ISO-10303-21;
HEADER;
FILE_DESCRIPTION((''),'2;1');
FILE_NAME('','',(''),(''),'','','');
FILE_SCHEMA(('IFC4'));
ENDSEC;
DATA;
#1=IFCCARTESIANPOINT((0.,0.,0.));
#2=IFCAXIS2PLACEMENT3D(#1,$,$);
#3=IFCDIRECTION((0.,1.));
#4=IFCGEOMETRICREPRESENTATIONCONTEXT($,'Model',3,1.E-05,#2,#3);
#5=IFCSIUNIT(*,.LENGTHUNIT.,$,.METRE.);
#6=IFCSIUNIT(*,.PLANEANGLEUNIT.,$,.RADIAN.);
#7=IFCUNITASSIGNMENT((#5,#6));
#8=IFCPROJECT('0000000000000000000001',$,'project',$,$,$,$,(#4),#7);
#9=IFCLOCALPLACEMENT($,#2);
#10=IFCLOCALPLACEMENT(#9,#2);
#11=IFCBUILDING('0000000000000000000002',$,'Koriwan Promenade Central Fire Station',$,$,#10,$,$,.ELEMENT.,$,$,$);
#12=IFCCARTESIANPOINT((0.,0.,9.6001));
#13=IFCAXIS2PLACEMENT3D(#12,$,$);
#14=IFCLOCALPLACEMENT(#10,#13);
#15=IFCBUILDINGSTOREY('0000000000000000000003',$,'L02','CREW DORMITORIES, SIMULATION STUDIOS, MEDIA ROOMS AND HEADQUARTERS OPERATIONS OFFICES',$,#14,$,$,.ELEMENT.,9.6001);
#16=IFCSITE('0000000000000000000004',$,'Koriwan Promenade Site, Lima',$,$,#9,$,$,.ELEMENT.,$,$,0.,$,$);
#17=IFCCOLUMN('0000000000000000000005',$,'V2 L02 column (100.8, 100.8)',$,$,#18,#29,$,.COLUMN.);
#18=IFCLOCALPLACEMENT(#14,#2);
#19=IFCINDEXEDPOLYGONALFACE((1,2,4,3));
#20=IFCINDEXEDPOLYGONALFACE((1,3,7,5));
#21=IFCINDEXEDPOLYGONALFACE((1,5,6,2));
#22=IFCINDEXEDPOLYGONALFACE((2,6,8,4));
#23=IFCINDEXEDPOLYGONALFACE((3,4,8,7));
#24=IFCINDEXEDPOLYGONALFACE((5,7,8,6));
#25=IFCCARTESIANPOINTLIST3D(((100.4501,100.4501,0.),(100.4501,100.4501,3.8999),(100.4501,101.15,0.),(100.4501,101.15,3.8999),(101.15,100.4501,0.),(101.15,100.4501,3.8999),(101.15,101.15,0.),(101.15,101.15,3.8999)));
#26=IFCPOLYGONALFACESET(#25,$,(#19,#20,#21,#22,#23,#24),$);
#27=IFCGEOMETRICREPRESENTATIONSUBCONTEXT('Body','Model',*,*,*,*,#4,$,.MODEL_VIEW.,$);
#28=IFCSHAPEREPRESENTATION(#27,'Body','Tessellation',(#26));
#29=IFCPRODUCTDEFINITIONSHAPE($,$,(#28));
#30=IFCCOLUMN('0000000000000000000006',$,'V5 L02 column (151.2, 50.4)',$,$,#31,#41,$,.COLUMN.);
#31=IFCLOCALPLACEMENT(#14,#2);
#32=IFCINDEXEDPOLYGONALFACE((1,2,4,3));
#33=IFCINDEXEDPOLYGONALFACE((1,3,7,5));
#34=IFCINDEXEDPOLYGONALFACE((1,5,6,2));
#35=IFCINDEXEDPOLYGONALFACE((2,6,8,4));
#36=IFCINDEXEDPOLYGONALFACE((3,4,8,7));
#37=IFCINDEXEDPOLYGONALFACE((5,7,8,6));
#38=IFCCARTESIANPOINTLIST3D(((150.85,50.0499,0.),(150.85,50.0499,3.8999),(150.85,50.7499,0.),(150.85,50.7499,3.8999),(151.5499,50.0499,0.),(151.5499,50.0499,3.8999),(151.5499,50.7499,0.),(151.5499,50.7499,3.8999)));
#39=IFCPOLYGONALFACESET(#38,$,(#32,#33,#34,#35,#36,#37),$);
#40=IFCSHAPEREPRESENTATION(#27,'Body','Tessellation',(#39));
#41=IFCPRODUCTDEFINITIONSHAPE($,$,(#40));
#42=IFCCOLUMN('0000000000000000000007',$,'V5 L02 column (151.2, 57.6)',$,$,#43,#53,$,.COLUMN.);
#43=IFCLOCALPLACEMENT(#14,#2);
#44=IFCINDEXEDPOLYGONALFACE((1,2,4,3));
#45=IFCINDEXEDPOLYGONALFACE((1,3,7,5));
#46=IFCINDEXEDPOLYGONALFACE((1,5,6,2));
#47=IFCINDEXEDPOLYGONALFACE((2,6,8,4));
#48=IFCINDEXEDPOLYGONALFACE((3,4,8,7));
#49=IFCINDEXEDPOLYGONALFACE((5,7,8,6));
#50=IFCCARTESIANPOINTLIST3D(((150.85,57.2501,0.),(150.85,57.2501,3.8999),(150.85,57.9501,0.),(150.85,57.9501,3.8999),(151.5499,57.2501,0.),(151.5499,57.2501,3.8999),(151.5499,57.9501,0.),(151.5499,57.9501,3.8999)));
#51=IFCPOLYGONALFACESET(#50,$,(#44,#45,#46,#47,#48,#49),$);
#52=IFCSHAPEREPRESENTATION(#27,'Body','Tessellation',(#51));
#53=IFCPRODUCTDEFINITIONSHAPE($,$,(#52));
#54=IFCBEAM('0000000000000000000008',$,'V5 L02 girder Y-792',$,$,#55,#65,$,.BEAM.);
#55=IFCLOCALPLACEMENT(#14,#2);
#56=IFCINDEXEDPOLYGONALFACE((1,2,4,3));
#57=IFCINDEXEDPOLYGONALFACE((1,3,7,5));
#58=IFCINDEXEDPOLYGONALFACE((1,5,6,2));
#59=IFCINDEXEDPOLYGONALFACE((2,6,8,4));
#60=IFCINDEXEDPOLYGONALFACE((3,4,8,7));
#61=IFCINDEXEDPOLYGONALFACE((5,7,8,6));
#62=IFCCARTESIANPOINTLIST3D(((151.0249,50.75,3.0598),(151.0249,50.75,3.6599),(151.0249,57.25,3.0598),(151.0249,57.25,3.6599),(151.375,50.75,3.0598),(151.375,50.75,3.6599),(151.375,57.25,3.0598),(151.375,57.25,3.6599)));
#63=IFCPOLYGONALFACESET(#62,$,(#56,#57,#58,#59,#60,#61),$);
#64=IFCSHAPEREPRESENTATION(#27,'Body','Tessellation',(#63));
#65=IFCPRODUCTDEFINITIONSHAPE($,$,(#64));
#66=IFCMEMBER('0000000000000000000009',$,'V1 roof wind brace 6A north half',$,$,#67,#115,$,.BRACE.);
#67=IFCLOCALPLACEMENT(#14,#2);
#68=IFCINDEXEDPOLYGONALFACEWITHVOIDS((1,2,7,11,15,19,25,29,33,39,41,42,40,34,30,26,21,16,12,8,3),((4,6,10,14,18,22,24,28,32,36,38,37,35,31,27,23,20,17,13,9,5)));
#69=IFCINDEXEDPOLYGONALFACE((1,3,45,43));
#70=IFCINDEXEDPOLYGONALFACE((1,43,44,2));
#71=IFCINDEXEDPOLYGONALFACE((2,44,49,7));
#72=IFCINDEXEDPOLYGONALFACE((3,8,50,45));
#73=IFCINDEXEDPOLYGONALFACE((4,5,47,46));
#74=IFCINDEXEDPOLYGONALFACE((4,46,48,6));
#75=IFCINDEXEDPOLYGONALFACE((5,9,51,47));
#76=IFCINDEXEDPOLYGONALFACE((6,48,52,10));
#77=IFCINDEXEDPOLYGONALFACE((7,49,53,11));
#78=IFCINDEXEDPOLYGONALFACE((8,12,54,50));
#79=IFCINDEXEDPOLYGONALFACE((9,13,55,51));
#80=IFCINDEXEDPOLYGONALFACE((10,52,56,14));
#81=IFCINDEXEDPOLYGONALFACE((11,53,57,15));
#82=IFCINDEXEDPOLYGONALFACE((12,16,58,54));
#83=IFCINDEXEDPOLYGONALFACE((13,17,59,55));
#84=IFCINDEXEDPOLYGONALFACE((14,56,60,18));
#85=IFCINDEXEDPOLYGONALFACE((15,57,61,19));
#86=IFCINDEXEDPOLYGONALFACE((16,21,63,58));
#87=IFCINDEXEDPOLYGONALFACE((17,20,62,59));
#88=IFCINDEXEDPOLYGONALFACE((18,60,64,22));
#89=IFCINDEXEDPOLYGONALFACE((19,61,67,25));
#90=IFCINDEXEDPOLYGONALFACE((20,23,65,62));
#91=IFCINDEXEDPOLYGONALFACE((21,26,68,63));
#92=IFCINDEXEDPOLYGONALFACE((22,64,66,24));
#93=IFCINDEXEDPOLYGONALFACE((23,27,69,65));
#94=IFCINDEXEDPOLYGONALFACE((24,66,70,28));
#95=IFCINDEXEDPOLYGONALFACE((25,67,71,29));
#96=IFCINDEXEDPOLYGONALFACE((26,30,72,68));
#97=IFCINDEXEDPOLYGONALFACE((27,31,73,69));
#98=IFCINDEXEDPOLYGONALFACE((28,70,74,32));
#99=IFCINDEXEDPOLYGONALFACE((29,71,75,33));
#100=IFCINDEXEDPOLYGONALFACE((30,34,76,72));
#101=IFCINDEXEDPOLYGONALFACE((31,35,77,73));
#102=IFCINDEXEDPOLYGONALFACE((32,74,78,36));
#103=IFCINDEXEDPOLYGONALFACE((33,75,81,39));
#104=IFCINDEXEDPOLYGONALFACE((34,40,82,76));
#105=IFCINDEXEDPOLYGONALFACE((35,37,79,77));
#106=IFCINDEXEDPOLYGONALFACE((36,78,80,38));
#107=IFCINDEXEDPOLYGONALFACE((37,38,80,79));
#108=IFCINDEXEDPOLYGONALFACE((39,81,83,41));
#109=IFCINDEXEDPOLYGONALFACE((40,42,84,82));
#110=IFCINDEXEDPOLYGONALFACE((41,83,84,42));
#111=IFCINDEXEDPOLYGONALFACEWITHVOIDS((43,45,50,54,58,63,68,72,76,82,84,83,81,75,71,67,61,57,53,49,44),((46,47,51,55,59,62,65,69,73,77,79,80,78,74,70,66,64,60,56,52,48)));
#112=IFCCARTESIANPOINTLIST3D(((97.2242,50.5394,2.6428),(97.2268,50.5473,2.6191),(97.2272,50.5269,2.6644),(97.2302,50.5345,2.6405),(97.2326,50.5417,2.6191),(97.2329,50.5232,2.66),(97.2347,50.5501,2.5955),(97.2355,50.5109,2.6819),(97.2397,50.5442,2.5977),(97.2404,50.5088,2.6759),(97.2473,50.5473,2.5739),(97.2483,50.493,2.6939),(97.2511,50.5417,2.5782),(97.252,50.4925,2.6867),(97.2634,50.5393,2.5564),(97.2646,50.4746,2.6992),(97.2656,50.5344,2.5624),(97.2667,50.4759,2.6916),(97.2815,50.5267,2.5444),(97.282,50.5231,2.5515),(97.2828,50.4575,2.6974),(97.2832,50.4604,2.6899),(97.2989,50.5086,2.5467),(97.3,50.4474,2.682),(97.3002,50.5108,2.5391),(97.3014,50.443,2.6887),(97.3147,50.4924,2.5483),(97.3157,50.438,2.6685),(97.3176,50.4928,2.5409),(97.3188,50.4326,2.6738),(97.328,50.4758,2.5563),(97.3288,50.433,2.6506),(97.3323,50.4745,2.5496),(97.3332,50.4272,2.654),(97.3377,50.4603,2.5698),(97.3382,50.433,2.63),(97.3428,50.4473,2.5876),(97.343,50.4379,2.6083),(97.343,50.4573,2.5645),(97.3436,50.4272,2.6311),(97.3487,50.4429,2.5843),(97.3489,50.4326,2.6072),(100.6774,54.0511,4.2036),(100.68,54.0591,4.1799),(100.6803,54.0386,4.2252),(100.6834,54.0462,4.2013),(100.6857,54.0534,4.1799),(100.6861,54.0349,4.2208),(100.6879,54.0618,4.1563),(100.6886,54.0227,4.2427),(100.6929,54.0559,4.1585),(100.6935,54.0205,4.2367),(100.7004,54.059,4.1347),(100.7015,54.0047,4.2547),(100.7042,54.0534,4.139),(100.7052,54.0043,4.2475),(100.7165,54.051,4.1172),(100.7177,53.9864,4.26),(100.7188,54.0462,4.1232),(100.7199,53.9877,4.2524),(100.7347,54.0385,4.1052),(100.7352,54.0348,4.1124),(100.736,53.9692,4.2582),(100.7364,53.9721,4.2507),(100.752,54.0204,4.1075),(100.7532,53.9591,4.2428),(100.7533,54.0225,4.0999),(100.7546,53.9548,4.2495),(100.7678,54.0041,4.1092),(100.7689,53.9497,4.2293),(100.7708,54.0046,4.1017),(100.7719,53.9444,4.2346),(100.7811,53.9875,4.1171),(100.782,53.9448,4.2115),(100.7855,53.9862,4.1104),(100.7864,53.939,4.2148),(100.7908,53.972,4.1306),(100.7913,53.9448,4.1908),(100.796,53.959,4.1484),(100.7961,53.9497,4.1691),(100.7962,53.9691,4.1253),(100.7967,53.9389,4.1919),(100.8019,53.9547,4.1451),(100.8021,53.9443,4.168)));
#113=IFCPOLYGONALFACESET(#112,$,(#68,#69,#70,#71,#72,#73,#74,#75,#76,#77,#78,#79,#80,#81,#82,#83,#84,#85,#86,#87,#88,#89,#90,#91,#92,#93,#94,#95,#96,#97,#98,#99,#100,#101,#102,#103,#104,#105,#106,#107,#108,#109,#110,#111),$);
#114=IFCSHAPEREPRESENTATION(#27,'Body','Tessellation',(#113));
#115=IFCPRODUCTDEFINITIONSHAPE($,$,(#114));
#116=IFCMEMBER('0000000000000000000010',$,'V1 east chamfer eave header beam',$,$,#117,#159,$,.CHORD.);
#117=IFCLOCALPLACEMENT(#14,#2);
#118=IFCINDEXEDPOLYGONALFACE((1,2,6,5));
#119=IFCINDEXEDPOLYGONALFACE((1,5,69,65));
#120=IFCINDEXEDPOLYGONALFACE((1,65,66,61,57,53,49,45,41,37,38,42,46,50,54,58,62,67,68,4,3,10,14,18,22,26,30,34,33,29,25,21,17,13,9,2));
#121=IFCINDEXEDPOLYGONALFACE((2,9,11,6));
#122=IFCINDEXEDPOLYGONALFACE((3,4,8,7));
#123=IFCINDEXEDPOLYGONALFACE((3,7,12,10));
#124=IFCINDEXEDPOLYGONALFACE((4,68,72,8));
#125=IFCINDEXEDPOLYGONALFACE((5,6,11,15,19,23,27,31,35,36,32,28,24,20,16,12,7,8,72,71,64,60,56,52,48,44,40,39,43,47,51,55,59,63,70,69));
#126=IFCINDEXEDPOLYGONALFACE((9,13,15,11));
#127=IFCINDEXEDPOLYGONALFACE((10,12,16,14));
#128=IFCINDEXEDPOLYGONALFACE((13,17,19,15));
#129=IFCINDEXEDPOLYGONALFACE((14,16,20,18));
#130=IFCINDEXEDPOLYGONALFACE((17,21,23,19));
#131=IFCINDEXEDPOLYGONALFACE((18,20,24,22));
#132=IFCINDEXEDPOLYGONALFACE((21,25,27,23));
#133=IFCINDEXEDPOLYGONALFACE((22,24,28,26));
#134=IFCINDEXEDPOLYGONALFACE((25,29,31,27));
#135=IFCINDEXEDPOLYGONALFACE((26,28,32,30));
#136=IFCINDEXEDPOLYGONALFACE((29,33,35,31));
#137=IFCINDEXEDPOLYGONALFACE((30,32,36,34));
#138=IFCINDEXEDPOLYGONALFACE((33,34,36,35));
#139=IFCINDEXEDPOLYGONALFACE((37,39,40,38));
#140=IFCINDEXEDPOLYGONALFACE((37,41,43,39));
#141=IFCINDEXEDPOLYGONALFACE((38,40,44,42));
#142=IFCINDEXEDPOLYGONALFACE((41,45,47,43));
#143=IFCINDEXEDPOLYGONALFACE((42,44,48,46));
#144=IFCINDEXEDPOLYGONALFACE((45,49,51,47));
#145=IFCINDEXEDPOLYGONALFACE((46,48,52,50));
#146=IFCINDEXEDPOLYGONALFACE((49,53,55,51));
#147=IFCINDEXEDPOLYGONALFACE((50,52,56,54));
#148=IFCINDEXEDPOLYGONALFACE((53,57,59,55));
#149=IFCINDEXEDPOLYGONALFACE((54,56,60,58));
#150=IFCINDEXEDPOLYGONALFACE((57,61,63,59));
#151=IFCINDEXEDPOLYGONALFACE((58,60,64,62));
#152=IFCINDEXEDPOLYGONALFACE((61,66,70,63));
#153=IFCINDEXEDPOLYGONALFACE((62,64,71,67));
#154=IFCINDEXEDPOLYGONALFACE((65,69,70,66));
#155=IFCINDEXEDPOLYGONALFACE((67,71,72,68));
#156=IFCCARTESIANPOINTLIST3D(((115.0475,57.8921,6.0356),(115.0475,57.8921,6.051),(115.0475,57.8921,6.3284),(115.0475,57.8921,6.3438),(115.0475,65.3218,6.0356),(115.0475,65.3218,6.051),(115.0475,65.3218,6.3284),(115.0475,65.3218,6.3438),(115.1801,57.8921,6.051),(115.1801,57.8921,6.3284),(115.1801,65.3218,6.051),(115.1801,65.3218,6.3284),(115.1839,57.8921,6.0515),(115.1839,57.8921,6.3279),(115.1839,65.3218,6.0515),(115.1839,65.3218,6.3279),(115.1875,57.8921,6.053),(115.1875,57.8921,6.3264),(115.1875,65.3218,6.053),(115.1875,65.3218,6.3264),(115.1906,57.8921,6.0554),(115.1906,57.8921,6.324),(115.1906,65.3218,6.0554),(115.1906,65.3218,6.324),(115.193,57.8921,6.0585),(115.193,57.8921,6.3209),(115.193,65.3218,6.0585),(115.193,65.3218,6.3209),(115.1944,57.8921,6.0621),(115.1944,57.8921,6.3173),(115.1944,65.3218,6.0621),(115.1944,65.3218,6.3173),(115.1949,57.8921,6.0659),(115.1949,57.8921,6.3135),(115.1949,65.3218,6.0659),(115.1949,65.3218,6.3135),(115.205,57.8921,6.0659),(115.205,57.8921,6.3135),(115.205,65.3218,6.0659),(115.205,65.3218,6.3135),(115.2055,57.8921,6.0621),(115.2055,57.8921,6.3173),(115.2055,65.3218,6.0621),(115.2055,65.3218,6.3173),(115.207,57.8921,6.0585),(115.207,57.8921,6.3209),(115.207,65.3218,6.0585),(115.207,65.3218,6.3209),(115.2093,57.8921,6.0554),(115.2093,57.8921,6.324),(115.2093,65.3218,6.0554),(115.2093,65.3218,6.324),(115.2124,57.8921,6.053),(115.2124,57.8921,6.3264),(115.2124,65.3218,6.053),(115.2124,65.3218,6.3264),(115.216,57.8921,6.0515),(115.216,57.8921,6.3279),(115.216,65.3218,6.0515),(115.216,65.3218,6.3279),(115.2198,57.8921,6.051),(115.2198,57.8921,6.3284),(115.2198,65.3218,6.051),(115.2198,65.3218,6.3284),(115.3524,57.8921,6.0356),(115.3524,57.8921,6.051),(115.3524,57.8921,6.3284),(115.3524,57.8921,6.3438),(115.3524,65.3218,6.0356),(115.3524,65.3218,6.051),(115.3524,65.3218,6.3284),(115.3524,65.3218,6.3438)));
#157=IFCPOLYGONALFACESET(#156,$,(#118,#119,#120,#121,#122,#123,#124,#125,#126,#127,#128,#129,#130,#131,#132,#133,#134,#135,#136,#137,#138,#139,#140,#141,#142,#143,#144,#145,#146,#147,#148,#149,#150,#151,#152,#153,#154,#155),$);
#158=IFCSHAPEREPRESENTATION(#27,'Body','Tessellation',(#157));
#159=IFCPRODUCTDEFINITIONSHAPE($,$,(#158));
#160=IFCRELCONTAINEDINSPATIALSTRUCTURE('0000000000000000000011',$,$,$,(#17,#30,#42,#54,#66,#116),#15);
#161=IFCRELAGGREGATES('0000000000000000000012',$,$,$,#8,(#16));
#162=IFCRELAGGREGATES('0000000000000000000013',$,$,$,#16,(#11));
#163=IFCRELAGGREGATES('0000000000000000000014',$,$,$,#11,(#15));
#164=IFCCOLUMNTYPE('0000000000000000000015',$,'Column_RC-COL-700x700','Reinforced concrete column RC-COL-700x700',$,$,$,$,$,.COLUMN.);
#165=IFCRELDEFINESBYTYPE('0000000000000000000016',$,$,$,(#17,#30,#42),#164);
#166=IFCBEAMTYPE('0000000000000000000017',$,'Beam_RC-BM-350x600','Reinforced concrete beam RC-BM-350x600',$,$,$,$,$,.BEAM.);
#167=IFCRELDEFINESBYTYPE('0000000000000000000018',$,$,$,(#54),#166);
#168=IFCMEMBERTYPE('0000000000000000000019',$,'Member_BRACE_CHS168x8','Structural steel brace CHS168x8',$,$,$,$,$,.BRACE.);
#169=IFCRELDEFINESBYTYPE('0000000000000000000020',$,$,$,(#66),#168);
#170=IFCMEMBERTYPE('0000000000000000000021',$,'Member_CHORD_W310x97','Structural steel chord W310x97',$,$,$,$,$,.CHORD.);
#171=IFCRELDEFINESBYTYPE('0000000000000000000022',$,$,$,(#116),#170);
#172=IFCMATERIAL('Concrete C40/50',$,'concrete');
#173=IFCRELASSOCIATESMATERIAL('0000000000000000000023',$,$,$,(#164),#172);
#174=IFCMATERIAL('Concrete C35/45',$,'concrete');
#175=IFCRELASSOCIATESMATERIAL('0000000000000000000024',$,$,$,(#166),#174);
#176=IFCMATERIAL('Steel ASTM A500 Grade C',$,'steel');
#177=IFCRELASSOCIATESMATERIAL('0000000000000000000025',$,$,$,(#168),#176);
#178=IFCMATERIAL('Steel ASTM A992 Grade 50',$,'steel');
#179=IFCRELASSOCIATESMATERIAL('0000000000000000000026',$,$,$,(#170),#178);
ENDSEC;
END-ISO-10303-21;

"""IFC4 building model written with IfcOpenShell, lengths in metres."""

from ifc_helpers import new_model, si_unit, direction, frame, origin, origin_2d, place, context, subcontext, project, spatial, rectangle, hollow_circle, i_section, extrude, material, material_profile, profile_set, type_object, element, save


model = new_model("IFC4")

# Units and contexts
model_context = context("Model", 3, precision=1e-05, world=origin(), true_north=direction((0.0, 1.0)))
body_context = subcontext(model_context, "Body", "Model", "MODEL_VIEW")
ifc_project = project(units=[si_unit("LENGTHUNIT", "METRE"), si_unit("PLANEANGLEUNIT", "RADIAN")], contexts=[model_context])

# Site, building, storey
site_placement = place(None, origin())
site = spatial("IfcSite", under=ifc_project, at=site_placement, Name="Koriwan Promenade Site, Lima", CompositionType="ELEMENT", RefElevation=0.0)
building_placement = place(site_placement, origin())
building = spatial("IfcBuilding", under=site, at=building_placement, Name="Koriwan Promenade Central Fire Station", CompositionType="ELEMENT")
storey_placement = place(building_placement, frame((0.0, 0.0, 9.6001)))
storey = spatial("IfcBuildingStorey", under=building, at=storey_placement, Name="L02", Description="CREW DORMITORIES, SIMULATION STUDIOS, MEDIA ROOMS AND HEADQUARTERS OPERATIONS OFFICES", CompositionType="ELEMENT", Elevation=9.6001)

# Columns
ifc_material_1 = material(Name="Concrete C40/50", Category="concrete")
ifc_material_profile_1 = material_profile(ifc_material_1, rectangle(XDim=0.7, YDim=0.7, at=origin_2d()), Name="RC-COL-700x700")
ifc_profile_set_1 = profile_set([ifc_material_profile_1], Name="Concrete C40/50")
column_type = type_object("IfcColumnType", Name="Column_RC-COL-700x700", Description="Reinforced concrete column RC-COL-700x700", PredefinedType="COLUMN", material=ifc_profile_set_1)
for number, where, z_axis, x_axis, name in (
    (1, (100.8, 100.8, 0.0), (0.0, 0.0, 1.0), (1.0, 0.0, 0.0), "V2 L02 column (100.8, 100.8)"),
    (2, (151.2, 50.3999, 0.0), (0.0, 0.0, 1.0), (1.0, 0.0, 0.0), "V5 L02 column (151.2, 50.4)"),
    (3, (151.2, 57.6001, 0.0), (0.0, 0.0, 1.0), (1.0, 0.0, 0.0), "V5 L02 column (151.2, 57.6)"),
):
    element("IfcColumn", number, at=place(storey_placement, frame(where, z_axis=z_axis, x_axis=x_axis)), inside=storey, type_object=column_type, Name=name, PredefinedType="COLUMN", context=body_context, shape_type="SweptSolid", body=[
        extrude(rectangle(XDim=0.7, YDim=0.7, at=origin_2d()), origin(), (0.0, 0.0, 1.0), 3.8999),
    ])

# Beam
ifc_material_2 = material(Name="Concrete C35/45", Category="concrete")
ifc_material_profile_2 = material_profile(ifc_material_2, rectangle(XDim=0.3501, YDim=0.6001, at=origin_2d()), Name="RC-BM-350x600")
ifc_profile_set_2 = profile_set([ifc_material_profile_2], Name="Concrete C35/45")
beam_type = type_object("IfcBeamType", Name="Beam_RC-BM-350x600", Description="Reinforced concrete beam RC-BM-350x600", PredefinedType="BEAM", material=ifc_profile_set_2)
beam_placement = place(storey_placement, frame((151.2, 50.75, 3.3599), z_axis=(0.0, 1.0, 0.0), x_axis=(-1.0, 0.0, 0.0)))
element("IfcBeam", 4, at=beam_placement, inside=storey, type_object=beam_type, Name="V5 L02 girder Y-792", PredefinedType="BEAM", context=body_context, shape_type="SweptSolid", body=[
    extrude(rectangle(XDim=0.3501, YDim=0.6001, at=origin_2d()), origin(), (0.0, 0.0, 1.0), 6.5),
])

# Members
ifc_material_3 = material(Name="Steel ASTM A500 Grade C", Category="steel")
ifc_material_profile_3 = material_profile(ifc_material_3, hollow_circle(Radius=0.0842, WallThickness=0.0081, at=origin_2d()), Name="CHS168x8")
ifc_profile_set_3 = profile_set([ifc_material_profile_3], Name="Steel ASTM A500 Grade C")
member_type_1 = type_object("IfcMemberType", Name="Member_BRACE_CHS168x8", Description="Structural steel brace CHS168x8", PredefinedType="BRACE", material=ifc_profile_set_3)
member_1_placement = place(storey_placement, frame((97.2869, 50.4883, 2.6191), z_axis=(0.668374, 0.679715, 0.302101), x_axis=(-0.71303, 0.701133, 0.0)))
element("IfcMember", 5, at=member_1_placement, inside=storey, type_object=member_type_1, Name="V1 roof wind brace 6A north half", PredefinedType="BRACE", context=body_context, shape_type="SweptSolid", body=[
    extrude(hollow_circle(Radius=0.0842, WallThickness=0.0081, at=origin_2d()), origin(), (0.0, 0.0, 1.0), 5.1665),
])
ifc_material_4 = material(Name="Steel ASTM A992 Grade 50", Category="steel")
ifc_material_profile_4 = material_profile(ifc_material_4, i_section(OverallWidth=0.3049, OverallDepth=0.3081, WebThickness=0.01, FlangeThickness=0.0154, FilletRadius=0.0149, at=origin_2d()), Name="W310x97")
ifc_profile_set_4 = profile_set([ifc_material_profile_4], Name="Steel ASTM A992 Grade 50")
member_type_2 = type_object("IfcMemberType", Name="Member_CHORD_W310x97", Description="Structural steel chord W310x97", PredefinedType="CHORD", material=ifc_profile_set_4)
member_2_placement = place(storey_placement, frame((115.2, 57.8921, 6.1897), z_axis=(0.0, 1.0, 0.0), x_axis=(-1.0, 0.0, 0.0)))
element("IfcMember", 6, at=member_2_placement, inside=storey, type_object=member_type_2, Name="V1 east chamfer eave header beam", PredefinedType="CHORD", context=body_context, shape_type="SweptSolid", body=[
    extrude(i_section(OverallWidth=0.3049, OverallDepth=0.3081, WebThickness=0.01, FlangeThickness=0.0154, FilletRadius=0.0149, at=origin_2d()), origin(), (0.0, 0.0, 1.0), 7.4297),
])

save(model, "model.ifc")
